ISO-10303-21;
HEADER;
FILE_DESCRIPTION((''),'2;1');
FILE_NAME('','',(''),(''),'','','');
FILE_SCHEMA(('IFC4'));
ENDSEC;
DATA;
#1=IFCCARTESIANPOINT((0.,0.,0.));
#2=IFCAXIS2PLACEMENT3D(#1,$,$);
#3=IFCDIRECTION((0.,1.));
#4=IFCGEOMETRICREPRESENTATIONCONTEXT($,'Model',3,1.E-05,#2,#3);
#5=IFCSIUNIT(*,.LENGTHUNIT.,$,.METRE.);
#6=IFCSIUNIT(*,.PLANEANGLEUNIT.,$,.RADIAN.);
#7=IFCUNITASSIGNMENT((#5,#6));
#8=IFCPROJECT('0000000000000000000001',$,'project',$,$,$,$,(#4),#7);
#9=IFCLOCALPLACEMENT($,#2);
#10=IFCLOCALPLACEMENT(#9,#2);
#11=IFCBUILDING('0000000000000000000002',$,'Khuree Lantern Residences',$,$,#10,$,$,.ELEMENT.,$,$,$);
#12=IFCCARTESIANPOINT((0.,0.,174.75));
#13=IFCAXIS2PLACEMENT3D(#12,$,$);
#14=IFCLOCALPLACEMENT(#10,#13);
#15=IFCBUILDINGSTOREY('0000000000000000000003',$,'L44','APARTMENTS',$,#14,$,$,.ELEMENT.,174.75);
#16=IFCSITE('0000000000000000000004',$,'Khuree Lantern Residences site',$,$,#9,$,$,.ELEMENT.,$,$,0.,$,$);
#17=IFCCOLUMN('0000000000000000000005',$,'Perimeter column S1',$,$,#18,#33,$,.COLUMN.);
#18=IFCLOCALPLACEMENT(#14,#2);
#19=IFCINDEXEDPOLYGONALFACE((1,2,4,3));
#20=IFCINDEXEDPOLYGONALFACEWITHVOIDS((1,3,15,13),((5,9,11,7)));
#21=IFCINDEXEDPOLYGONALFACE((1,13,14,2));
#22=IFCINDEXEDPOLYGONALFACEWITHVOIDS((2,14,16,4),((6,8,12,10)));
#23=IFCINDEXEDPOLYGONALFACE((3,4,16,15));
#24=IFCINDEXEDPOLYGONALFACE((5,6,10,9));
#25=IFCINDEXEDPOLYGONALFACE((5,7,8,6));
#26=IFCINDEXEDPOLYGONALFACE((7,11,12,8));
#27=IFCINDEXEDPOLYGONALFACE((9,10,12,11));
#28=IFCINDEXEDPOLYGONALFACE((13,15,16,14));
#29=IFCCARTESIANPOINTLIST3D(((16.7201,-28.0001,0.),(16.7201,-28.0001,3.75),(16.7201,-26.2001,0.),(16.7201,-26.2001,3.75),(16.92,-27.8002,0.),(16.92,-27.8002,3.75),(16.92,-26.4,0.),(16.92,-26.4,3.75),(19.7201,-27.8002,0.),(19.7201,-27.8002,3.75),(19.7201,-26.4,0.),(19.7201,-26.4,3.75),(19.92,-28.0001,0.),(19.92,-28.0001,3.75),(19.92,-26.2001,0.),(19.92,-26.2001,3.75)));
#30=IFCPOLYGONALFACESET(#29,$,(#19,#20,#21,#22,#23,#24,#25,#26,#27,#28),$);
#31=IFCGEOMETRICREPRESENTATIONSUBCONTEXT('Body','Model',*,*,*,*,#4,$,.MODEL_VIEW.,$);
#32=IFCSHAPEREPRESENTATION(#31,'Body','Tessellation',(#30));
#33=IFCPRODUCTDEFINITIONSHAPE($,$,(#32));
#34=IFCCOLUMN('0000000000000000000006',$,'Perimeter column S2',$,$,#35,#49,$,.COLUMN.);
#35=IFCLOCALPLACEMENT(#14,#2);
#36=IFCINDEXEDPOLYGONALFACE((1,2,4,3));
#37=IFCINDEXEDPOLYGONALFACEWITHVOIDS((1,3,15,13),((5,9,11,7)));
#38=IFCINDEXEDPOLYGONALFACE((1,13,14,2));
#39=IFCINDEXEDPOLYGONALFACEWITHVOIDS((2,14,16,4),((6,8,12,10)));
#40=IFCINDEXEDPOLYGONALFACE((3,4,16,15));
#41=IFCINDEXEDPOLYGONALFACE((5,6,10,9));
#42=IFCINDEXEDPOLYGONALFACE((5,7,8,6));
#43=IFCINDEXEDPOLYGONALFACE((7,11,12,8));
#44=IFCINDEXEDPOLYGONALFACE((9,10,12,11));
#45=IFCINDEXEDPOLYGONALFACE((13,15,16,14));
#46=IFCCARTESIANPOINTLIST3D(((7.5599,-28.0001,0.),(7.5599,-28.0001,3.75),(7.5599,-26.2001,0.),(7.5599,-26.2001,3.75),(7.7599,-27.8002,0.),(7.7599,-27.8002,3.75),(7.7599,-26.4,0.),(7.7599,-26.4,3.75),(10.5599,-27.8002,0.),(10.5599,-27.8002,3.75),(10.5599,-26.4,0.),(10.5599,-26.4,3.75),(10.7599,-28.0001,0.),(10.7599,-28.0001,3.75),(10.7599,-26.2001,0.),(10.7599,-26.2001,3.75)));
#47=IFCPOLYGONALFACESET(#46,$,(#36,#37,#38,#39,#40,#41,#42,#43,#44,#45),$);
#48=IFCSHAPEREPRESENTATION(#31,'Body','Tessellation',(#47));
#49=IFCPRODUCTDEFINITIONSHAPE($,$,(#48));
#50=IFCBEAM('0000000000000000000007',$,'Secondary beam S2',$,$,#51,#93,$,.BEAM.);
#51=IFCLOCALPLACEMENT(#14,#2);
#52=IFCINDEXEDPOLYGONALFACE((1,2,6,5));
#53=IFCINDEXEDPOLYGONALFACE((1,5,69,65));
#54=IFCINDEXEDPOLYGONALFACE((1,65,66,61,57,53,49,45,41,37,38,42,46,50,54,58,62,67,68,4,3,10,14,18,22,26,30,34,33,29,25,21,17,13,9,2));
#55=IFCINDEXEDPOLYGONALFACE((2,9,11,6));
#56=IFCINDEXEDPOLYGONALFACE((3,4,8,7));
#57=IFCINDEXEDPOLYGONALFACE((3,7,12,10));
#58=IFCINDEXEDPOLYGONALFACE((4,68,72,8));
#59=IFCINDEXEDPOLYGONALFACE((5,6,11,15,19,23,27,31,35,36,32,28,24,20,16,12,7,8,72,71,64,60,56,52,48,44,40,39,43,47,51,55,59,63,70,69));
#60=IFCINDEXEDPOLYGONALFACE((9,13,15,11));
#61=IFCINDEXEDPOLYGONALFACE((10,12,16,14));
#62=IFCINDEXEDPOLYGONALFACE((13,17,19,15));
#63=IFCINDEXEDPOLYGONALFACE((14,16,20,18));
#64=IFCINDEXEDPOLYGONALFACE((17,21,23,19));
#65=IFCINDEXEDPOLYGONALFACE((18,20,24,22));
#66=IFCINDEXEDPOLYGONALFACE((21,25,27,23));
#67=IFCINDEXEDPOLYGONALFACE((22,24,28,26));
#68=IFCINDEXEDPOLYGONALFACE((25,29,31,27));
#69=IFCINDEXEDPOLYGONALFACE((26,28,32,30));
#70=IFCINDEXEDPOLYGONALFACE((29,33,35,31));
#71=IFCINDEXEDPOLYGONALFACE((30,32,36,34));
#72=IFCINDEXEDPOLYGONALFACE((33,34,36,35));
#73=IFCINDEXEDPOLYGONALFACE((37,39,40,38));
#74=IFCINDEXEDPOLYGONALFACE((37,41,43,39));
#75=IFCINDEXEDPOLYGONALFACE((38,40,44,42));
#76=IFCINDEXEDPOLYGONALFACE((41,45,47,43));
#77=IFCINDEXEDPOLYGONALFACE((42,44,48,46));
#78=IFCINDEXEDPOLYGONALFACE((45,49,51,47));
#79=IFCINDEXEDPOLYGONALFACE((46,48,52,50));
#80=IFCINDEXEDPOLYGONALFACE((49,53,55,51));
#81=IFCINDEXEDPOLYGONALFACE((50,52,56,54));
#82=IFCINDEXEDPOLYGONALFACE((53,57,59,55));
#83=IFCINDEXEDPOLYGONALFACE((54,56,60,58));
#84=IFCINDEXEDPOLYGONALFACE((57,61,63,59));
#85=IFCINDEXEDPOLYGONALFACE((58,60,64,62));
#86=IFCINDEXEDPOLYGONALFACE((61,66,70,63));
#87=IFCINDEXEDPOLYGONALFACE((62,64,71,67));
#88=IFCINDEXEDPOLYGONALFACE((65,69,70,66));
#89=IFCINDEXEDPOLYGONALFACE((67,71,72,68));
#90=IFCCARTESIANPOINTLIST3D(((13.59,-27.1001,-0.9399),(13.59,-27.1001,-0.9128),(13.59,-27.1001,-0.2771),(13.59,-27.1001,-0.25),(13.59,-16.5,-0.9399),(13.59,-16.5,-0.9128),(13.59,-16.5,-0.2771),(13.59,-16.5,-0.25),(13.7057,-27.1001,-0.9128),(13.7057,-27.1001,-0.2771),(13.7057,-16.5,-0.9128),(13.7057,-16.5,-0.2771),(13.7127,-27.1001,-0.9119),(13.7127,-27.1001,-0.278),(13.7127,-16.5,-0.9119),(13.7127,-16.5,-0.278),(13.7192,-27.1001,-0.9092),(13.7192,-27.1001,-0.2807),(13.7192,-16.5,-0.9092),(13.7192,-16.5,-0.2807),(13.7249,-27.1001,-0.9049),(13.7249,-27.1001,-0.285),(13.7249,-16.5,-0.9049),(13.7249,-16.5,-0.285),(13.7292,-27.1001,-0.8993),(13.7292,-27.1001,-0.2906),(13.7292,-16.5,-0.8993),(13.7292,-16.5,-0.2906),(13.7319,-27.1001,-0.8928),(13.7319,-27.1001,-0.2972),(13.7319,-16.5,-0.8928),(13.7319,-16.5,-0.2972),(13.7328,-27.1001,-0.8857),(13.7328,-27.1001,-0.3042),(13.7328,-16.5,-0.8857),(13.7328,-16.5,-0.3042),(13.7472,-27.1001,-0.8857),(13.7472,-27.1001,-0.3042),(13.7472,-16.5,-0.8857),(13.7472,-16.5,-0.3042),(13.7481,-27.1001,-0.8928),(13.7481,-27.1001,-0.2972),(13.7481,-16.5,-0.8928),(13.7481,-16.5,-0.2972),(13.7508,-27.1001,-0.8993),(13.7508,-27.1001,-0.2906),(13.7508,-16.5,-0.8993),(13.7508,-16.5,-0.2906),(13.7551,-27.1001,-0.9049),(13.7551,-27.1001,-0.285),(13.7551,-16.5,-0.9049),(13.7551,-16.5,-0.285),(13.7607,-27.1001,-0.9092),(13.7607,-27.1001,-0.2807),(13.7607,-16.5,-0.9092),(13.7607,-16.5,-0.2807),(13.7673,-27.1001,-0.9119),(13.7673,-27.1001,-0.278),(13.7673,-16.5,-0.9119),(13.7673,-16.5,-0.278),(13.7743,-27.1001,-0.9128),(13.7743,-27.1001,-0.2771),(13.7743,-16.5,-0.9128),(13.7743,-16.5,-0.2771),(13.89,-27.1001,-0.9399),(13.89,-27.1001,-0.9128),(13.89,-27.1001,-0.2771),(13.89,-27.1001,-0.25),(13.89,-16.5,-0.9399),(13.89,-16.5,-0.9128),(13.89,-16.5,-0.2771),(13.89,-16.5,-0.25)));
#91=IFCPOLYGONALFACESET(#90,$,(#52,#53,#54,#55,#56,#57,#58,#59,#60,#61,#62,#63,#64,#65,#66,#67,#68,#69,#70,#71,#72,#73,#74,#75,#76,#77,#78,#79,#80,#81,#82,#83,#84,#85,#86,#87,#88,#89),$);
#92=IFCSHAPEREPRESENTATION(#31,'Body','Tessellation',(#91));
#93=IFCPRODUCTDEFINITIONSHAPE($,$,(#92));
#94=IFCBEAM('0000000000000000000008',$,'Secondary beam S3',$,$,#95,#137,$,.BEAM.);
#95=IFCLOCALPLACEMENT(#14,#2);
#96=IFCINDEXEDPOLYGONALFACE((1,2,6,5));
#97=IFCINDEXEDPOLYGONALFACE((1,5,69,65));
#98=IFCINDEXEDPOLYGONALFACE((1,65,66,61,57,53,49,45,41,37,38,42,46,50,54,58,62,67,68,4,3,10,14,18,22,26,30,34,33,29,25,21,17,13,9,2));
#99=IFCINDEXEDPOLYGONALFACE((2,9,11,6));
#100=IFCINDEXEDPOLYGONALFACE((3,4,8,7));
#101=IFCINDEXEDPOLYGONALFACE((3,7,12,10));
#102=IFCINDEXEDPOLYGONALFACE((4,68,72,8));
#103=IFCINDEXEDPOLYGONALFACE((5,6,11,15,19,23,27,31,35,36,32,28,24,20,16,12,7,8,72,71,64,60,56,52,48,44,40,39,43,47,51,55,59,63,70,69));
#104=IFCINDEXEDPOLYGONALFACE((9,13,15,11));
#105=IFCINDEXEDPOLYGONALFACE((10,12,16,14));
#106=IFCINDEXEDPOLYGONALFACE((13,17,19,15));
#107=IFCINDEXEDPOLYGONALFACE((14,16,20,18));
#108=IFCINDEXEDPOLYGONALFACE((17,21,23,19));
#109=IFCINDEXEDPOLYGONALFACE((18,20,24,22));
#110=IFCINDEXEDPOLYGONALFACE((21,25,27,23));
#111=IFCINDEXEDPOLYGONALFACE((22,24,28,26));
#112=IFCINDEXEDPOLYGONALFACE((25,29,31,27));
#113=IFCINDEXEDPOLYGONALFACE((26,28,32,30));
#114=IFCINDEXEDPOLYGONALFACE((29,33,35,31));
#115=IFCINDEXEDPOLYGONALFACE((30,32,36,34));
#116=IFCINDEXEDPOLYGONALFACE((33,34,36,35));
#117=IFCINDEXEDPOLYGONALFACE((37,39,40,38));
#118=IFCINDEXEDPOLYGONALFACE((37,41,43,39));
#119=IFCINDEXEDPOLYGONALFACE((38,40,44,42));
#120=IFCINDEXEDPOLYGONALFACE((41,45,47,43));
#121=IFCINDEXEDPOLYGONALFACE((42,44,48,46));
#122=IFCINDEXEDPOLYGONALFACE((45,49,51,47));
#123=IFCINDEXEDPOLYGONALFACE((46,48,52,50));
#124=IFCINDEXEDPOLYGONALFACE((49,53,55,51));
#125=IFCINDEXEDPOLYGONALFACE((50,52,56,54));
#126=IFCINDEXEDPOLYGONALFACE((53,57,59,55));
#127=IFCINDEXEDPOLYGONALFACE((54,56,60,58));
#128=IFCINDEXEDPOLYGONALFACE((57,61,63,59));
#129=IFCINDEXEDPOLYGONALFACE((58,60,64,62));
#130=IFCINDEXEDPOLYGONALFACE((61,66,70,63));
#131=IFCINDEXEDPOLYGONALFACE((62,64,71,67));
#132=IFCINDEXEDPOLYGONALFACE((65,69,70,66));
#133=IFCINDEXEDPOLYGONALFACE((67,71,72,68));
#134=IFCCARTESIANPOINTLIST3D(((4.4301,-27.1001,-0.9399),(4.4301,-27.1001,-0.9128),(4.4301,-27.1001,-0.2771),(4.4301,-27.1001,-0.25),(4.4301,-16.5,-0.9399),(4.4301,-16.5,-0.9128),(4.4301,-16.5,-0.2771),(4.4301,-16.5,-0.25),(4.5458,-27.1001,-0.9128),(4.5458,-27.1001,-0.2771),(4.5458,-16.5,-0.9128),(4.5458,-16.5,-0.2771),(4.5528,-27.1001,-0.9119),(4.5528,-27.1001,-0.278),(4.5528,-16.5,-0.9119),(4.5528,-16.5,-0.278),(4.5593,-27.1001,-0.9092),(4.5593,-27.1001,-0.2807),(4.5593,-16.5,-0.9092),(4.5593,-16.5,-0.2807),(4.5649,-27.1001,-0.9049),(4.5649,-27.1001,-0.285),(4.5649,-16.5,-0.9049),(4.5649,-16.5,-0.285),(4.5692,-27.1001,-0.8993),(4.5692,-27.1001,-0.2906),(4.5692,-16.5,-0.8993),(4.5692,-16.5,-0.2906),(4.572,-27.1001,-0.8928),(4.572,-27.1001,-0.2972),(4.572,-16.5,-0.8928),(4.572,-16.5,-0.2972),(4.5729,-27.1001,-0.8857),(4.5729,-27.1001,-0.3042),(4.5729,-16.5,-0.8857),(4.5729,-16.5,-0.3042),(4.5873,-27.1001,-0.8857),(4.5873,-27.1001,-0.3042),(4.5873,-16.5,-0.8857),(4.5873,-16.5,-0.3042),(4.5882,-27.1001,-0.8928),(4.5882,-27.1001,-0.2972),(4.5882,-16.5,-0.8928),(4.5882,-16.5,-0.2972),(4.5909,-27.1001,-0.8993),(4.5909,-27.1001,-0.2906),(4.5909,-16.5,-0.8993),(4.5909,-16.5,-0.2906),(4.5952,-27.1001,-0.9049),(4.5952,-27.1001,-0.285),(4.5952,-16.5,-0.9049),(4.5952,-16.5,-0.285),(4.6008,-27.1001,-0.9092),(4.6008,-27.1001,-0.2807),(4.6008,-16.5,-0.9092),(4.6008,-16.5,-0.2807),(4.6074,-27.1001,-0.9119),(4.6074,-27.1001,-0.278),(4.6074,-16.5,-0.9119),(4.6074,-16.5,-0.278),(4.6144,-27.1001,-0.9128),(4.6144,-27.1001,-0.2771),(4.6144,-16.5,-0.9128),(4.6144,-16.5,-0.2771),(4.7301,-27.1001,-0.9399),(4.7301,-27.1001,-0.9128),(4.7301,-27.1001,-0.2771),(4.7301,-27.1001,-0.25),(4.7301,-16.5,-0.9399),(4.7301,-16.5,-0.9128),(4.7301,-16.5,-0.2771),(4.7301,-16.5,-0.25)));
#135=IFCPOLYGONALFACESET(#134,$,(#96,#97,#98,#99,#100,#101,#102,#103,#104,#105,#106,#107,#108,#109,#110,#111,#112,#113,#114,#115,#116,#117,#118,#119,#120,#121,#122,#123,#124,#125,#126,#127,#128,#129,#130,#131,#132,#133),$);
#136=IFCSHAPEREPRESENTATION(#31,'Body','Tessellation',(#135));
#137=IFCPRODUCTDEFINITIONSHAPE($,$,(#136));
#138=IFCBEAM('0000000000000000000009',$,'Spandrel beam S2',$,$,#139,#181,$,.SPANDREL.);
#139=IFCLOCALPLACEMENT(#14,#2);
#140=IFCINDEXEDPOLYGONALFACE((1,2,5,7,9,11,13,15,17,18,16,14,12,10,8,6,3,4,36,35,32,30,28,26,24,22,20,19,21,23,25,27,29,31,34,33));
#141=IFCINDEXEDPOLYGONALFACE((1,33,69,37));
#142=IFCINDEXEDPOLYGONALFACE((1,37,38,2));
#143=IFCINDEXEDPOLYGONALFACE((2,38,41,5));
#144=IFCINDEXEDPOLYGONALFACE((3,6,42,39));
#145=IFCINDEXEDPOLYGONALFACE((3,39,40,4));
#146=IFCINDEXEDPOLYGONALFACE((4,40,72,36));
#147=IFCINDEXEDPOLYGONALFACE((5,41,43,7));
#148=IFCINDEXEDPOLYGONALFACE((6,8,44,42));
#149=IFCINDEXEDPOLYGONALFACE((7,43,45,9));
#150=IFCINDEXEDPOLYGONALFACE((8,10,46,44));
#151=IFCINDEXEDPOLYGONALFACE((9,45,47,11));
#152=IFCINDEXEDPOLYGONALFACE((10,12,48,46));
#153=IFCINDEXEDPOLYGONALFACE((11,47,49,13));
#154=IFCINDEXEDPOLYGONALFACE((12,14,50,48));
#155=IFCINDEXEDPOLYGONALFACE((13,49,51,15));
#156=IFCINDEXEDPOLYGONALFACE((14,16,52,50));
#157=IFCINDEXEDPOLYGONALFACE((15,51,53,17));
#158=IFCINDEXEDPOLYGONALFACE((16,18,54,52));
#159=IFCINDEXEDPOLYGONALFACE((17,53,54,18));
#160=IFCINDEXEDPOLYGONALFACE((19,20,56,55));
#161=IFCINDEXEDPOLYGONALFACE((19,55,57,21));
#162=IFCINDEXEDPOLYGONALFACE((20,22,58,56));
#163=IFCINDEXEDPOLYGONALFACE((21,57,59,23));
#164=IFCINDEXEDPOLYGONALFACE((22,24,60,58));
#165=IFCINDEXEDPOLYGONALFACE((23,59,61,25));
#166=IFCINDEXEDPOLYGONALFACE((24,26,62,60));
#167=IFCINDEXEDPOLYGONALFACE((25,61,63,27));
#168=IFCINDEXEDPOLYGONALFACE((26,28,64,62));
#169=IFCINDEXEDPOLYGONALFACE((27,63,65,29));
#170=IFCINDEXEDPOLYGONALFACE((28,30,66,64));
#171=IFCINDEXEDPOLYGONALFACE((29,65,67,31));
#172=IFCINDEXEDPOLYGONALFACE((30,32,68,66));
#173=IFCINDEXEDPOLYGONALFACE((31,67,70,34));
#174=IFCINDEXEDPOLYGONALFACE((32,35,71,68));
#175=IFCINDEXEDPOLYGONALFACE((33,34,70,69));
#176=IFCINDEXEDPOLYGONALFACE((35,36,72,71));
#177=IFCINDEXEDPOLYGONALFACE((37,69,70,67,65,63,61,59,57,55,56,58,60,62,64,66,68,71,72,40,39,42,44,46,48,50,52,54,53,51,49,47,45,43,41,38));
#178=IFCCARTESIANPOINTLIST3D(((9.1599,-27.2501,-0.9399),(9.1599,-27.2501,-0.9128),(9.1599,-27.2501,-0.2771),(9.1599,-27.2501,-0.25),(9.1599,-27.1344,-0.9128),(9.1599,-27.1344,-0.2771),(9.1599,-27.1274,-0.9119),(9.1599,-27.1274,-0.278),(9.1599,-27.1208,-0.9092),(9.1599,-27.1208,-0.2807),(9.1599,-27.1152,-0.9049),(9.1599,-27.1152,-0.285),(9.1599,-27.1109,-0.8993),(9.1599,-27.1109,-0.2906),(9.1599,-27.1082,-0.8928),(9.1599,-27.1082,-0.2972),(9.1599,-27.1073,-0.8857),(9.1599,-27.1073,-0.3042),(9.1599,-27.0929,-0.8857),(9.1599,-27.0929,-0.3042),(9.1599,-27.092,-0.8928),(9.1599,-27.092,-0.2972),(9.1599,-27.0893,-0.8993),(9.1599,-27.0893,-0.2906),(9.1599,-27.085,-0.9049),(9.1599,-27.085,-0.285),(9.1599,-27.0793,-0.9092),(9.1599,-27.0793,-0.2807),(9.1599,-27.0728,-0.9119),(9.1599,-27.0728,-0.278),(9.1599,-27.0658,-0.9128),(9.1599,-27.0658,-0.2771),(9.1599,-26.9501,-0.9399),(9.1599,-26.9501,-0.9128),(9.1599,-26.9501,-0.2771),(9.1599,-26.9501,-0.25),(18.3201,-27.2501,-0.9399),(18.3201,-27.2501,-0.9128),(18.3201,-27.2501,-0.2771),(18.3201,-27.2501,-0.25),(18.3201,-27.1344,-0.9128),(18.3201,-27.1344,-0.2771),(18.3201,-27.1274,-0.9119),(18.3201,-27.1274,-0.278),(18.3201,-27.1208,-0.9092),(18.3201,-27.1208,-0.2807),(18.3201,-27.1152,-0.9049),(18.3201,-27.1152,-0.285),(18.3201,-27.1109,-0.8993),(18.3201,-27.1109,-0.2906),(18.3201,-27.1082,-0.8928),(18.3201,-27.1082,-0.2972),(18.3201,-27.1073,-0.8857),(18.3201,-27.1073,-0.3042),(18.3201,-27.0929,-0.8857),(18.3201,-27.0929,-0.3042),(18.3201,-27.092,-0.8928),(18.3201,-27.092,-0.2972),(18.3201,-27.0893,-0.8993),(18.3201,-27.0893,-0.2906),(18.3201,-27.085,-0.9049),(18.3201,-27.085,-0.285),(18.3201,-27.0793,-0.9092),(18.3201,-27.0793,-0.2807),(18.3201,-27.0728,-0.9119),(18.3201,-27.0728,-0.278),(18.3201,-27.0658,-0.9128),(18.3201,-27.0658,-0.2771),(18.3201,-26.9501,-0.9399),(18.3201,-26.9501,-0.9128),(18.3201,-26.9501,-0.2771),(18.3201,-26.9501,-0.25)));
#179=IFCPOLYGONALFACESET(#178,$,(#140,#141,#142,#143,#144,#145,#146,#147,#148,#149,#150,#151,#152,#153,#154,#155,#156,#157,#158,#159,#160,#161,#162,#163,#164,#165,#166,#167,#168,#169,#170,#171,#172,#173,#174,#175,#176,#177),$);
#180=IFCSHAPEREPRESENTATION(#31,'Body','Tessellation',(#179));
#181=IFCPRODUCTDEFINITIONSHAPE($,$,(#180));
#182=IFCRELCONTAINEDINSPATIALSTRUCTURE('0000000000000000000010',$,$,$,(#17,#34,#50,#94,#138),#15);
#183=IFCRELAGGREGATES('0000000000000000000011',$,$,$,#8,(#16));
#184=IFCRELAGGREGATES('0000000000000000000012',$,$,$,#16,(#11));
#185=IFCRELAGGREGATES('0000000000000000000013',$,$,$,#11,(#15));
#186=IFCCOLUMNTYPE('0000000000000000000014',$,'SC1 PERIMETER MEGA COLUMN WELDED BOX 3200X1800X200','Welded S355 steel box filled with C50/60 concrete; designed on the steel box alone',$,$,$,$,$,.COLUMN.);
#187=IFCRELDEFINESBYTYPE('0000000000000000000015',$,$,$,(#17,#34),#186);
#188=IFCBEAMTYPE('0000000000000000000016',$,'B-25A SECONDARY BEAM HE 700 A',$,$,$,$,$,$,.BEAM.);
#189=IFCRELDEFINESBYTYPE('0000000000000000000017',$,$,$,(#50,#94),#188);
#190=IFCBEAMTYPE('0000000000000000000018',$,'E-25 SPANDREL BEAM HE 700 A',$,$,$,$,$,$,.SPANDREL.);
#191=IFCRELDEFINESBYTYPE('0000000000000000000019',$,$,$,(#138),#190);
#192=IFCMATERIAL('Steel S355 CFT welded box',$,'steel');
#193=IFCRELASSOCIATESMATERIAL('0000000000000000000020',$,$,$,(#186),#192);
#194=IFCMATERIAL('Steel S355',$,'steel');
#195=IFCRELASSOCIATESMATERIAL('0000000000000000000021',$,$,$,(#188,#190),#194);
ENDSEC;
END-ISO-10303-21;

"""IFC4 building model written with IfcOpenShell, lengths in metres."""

from ifc_helpers import new_model, si_unit, direction, frame, origin, origin_2d, place, context, subcontext, project, spatial, hollow_rectangle, i_section, extrude, material, material_profile, profile_set, type_object, element, save


model = new_model("IFC4")

# Units and contexts
model_context = context("Model", 3, precision=1e-05, world=origin(), true_north=direction((0.0, 1.0)))
body_context = subcontext(model_context, "Body", "Model", "MODEL_VIEW")
ifc_project = project(units=[si_unit("LENGTHUNIT", "METRE"), si_unit("PLANEANGLEUNIT", "RADIAN")], contexts=[model_context])

# Site, building, storey
site_placement = place(None, origin())
site = spatial("IfcSite", under=ifc_project, at=site_placement, Name="Khuree Lantern Residences site", CompositionType="ELEMENT", RefElevation=0.0)
building_placement = place(site_placement, origin())
building = spatial("IfcBuilding", under=site, at=building_placement, Name="Khuree Lantern Residences", CompositionType="ELEMENT")
storey_placement = place(building_placement, frame((0.0, 0.0, 174.75)))
storey = spatial("IfcBuildingStorey", under=building, at=storey_placement, Name="L44", Description="APARTMENTS", CompositionType="ELEMENT", Elevation=174.75)

# Columns
ifc_material_1 = material(Name="Steel S355 CFT welded box", Category="steel")
ifc_material_profile_1 = material_profile(ifc_material_1, hollow_rectangle(XDim=3.2, YDim=1.8, WallThickness=0.2, at=origin_2d()), Name="WELDED BOX 3200X1800X200")
ifc_profile_set_1 = profile_set([ifc_material_profile_1], Name="Steel S355 CFT welded box")
column_type = type_object("IfcColumnType", Name="SC1 PERIMETER MEGA COLUMN WELDED BOX 3200X1800X200", Description="Welded S355 steel box filled with C50/60 concrete; designed on the steel box alone", PredefinedType="COLUMN", material=ifc_profile_set_1)
for number, where, z_axis, x_axis, name in (
    (1, (18.3201, -27.1001, 0.0), (0.0, 0.0, 1.0), (1.0, 0.0, 0.0), "Perimeter column S1"),
    (2, (9.1599, -27.1001, 0.0), (0.0, 0.0, 1.0), (1.0, 0.0, 0.0), "Perimeter column S2"),
):
    element("IfcColumn", number, at=place(storey_placement, frame(where, z_axis=z_axis, x_axis=x_axis)), inside=storey, type_object=column_type, Name=name, PredefinedType="COLUMN", context=body_context, shape_type="SweptSolid", body=[
        extrude(hollow_rectangle(XDim=3.2, YDim=1.8, WallThickness=0.2, at=origin_2d()), origin(), (0.0, 0.0, 1.0), 3.75),
    ])

# Beams
ifc_material_2 = material(Name="Steel S355", Category="steel")
ifc_material_profile_2 = material_profile(ifc_material_2, i_section(OverallWidth=0.3, OverallDepth=0.6899, WebThickness=0.0144, FlangeThickness=0.0271, FilletRadius=0.0271, at=origin_2d()), Name="HE 700 A")
ifc_profile_set_2 = profile_set([ifc_material_profile_2], Name="Steel S355")
beam_type_1 = type_object("IfcBeamType", Name="B-25A SECONDARY BEAM HE 700 A", PredefinedType="BEAM", material=ifc_profile_set_2)
for number, where, z_axis, x_axis, name in (
    (3, (13.74, -27.1001, -0.595), (0.0, 1.0, 0.0), (-1.0, 0.0, 0.0), "Secondary beam S2"),
    (4, (4.5801, -27.1001, -0.595), (0.0, 1.0, 0.0), (-1.0, 0.0, 0.0), "Secondary beam S3"),
):
    element("IfcBeam", number, at=place(storey_placement, frame(where, z_axis=z_axis, x_axis=x_axis)), inside=storey, type_object=beam_type_1, Name=name, PredefinedType="BEAM", context=body_context, shape_type="SweptSolid", body=[
        extrude(i_section(OverallWidth=0.3, OverallDepth=0.6899, WebThickness=0.0144, FlangeThickness=0.0271, FilletRadius=0.0271, at=origin_2d()), origin(), (0.0, 0.0, 1.0), 10.6001),
    ])
ifc_material_profile_3 = material_profile(ifc_material_2, i_section(OverallWidth=0.3, OverallDepth=0.6899, WebThickness=0.0144, FlangeThickness=0.0271, FilletRadius=0.0271, at=origin_2d()), Name="HE 700 A")
ifc_profile_set_3 = profile_set([ifc_material_profile_3], Name="Steel S355")
beam_type_2 = type_object("IfcBeamType", Name="E-25 SPANDREL BEAM HE 700 A", PredefinedType="SPANDREL", material=ifc_profile_set_3)
beam_1_placement = place(storey_placement, frame((18.3201, -27.1001, -0.595), z_axis=(-1.0, 0.0, 0.0), x_axis=(0.0, -1.0, 0.0)))
element("IfcBeam", 5, at=beam_1_placement, inside=storey, type_object=beam_type_2, Name="Spandrel beam S2", PredefinedType="SPANDREL", context=body_context, shape_type="SweptSolid", body=[
    extrude(i_section(OverallWidth=0.3, OverallDepth=0.6899, WebThickness=0.0144, FlangeThickness=0.0271, FilletRadius=0.0271, at=origin_2d()), origin(), (0.0, 0.0, 1.0), 9.1602),
])

save(model, "model.ifc")
